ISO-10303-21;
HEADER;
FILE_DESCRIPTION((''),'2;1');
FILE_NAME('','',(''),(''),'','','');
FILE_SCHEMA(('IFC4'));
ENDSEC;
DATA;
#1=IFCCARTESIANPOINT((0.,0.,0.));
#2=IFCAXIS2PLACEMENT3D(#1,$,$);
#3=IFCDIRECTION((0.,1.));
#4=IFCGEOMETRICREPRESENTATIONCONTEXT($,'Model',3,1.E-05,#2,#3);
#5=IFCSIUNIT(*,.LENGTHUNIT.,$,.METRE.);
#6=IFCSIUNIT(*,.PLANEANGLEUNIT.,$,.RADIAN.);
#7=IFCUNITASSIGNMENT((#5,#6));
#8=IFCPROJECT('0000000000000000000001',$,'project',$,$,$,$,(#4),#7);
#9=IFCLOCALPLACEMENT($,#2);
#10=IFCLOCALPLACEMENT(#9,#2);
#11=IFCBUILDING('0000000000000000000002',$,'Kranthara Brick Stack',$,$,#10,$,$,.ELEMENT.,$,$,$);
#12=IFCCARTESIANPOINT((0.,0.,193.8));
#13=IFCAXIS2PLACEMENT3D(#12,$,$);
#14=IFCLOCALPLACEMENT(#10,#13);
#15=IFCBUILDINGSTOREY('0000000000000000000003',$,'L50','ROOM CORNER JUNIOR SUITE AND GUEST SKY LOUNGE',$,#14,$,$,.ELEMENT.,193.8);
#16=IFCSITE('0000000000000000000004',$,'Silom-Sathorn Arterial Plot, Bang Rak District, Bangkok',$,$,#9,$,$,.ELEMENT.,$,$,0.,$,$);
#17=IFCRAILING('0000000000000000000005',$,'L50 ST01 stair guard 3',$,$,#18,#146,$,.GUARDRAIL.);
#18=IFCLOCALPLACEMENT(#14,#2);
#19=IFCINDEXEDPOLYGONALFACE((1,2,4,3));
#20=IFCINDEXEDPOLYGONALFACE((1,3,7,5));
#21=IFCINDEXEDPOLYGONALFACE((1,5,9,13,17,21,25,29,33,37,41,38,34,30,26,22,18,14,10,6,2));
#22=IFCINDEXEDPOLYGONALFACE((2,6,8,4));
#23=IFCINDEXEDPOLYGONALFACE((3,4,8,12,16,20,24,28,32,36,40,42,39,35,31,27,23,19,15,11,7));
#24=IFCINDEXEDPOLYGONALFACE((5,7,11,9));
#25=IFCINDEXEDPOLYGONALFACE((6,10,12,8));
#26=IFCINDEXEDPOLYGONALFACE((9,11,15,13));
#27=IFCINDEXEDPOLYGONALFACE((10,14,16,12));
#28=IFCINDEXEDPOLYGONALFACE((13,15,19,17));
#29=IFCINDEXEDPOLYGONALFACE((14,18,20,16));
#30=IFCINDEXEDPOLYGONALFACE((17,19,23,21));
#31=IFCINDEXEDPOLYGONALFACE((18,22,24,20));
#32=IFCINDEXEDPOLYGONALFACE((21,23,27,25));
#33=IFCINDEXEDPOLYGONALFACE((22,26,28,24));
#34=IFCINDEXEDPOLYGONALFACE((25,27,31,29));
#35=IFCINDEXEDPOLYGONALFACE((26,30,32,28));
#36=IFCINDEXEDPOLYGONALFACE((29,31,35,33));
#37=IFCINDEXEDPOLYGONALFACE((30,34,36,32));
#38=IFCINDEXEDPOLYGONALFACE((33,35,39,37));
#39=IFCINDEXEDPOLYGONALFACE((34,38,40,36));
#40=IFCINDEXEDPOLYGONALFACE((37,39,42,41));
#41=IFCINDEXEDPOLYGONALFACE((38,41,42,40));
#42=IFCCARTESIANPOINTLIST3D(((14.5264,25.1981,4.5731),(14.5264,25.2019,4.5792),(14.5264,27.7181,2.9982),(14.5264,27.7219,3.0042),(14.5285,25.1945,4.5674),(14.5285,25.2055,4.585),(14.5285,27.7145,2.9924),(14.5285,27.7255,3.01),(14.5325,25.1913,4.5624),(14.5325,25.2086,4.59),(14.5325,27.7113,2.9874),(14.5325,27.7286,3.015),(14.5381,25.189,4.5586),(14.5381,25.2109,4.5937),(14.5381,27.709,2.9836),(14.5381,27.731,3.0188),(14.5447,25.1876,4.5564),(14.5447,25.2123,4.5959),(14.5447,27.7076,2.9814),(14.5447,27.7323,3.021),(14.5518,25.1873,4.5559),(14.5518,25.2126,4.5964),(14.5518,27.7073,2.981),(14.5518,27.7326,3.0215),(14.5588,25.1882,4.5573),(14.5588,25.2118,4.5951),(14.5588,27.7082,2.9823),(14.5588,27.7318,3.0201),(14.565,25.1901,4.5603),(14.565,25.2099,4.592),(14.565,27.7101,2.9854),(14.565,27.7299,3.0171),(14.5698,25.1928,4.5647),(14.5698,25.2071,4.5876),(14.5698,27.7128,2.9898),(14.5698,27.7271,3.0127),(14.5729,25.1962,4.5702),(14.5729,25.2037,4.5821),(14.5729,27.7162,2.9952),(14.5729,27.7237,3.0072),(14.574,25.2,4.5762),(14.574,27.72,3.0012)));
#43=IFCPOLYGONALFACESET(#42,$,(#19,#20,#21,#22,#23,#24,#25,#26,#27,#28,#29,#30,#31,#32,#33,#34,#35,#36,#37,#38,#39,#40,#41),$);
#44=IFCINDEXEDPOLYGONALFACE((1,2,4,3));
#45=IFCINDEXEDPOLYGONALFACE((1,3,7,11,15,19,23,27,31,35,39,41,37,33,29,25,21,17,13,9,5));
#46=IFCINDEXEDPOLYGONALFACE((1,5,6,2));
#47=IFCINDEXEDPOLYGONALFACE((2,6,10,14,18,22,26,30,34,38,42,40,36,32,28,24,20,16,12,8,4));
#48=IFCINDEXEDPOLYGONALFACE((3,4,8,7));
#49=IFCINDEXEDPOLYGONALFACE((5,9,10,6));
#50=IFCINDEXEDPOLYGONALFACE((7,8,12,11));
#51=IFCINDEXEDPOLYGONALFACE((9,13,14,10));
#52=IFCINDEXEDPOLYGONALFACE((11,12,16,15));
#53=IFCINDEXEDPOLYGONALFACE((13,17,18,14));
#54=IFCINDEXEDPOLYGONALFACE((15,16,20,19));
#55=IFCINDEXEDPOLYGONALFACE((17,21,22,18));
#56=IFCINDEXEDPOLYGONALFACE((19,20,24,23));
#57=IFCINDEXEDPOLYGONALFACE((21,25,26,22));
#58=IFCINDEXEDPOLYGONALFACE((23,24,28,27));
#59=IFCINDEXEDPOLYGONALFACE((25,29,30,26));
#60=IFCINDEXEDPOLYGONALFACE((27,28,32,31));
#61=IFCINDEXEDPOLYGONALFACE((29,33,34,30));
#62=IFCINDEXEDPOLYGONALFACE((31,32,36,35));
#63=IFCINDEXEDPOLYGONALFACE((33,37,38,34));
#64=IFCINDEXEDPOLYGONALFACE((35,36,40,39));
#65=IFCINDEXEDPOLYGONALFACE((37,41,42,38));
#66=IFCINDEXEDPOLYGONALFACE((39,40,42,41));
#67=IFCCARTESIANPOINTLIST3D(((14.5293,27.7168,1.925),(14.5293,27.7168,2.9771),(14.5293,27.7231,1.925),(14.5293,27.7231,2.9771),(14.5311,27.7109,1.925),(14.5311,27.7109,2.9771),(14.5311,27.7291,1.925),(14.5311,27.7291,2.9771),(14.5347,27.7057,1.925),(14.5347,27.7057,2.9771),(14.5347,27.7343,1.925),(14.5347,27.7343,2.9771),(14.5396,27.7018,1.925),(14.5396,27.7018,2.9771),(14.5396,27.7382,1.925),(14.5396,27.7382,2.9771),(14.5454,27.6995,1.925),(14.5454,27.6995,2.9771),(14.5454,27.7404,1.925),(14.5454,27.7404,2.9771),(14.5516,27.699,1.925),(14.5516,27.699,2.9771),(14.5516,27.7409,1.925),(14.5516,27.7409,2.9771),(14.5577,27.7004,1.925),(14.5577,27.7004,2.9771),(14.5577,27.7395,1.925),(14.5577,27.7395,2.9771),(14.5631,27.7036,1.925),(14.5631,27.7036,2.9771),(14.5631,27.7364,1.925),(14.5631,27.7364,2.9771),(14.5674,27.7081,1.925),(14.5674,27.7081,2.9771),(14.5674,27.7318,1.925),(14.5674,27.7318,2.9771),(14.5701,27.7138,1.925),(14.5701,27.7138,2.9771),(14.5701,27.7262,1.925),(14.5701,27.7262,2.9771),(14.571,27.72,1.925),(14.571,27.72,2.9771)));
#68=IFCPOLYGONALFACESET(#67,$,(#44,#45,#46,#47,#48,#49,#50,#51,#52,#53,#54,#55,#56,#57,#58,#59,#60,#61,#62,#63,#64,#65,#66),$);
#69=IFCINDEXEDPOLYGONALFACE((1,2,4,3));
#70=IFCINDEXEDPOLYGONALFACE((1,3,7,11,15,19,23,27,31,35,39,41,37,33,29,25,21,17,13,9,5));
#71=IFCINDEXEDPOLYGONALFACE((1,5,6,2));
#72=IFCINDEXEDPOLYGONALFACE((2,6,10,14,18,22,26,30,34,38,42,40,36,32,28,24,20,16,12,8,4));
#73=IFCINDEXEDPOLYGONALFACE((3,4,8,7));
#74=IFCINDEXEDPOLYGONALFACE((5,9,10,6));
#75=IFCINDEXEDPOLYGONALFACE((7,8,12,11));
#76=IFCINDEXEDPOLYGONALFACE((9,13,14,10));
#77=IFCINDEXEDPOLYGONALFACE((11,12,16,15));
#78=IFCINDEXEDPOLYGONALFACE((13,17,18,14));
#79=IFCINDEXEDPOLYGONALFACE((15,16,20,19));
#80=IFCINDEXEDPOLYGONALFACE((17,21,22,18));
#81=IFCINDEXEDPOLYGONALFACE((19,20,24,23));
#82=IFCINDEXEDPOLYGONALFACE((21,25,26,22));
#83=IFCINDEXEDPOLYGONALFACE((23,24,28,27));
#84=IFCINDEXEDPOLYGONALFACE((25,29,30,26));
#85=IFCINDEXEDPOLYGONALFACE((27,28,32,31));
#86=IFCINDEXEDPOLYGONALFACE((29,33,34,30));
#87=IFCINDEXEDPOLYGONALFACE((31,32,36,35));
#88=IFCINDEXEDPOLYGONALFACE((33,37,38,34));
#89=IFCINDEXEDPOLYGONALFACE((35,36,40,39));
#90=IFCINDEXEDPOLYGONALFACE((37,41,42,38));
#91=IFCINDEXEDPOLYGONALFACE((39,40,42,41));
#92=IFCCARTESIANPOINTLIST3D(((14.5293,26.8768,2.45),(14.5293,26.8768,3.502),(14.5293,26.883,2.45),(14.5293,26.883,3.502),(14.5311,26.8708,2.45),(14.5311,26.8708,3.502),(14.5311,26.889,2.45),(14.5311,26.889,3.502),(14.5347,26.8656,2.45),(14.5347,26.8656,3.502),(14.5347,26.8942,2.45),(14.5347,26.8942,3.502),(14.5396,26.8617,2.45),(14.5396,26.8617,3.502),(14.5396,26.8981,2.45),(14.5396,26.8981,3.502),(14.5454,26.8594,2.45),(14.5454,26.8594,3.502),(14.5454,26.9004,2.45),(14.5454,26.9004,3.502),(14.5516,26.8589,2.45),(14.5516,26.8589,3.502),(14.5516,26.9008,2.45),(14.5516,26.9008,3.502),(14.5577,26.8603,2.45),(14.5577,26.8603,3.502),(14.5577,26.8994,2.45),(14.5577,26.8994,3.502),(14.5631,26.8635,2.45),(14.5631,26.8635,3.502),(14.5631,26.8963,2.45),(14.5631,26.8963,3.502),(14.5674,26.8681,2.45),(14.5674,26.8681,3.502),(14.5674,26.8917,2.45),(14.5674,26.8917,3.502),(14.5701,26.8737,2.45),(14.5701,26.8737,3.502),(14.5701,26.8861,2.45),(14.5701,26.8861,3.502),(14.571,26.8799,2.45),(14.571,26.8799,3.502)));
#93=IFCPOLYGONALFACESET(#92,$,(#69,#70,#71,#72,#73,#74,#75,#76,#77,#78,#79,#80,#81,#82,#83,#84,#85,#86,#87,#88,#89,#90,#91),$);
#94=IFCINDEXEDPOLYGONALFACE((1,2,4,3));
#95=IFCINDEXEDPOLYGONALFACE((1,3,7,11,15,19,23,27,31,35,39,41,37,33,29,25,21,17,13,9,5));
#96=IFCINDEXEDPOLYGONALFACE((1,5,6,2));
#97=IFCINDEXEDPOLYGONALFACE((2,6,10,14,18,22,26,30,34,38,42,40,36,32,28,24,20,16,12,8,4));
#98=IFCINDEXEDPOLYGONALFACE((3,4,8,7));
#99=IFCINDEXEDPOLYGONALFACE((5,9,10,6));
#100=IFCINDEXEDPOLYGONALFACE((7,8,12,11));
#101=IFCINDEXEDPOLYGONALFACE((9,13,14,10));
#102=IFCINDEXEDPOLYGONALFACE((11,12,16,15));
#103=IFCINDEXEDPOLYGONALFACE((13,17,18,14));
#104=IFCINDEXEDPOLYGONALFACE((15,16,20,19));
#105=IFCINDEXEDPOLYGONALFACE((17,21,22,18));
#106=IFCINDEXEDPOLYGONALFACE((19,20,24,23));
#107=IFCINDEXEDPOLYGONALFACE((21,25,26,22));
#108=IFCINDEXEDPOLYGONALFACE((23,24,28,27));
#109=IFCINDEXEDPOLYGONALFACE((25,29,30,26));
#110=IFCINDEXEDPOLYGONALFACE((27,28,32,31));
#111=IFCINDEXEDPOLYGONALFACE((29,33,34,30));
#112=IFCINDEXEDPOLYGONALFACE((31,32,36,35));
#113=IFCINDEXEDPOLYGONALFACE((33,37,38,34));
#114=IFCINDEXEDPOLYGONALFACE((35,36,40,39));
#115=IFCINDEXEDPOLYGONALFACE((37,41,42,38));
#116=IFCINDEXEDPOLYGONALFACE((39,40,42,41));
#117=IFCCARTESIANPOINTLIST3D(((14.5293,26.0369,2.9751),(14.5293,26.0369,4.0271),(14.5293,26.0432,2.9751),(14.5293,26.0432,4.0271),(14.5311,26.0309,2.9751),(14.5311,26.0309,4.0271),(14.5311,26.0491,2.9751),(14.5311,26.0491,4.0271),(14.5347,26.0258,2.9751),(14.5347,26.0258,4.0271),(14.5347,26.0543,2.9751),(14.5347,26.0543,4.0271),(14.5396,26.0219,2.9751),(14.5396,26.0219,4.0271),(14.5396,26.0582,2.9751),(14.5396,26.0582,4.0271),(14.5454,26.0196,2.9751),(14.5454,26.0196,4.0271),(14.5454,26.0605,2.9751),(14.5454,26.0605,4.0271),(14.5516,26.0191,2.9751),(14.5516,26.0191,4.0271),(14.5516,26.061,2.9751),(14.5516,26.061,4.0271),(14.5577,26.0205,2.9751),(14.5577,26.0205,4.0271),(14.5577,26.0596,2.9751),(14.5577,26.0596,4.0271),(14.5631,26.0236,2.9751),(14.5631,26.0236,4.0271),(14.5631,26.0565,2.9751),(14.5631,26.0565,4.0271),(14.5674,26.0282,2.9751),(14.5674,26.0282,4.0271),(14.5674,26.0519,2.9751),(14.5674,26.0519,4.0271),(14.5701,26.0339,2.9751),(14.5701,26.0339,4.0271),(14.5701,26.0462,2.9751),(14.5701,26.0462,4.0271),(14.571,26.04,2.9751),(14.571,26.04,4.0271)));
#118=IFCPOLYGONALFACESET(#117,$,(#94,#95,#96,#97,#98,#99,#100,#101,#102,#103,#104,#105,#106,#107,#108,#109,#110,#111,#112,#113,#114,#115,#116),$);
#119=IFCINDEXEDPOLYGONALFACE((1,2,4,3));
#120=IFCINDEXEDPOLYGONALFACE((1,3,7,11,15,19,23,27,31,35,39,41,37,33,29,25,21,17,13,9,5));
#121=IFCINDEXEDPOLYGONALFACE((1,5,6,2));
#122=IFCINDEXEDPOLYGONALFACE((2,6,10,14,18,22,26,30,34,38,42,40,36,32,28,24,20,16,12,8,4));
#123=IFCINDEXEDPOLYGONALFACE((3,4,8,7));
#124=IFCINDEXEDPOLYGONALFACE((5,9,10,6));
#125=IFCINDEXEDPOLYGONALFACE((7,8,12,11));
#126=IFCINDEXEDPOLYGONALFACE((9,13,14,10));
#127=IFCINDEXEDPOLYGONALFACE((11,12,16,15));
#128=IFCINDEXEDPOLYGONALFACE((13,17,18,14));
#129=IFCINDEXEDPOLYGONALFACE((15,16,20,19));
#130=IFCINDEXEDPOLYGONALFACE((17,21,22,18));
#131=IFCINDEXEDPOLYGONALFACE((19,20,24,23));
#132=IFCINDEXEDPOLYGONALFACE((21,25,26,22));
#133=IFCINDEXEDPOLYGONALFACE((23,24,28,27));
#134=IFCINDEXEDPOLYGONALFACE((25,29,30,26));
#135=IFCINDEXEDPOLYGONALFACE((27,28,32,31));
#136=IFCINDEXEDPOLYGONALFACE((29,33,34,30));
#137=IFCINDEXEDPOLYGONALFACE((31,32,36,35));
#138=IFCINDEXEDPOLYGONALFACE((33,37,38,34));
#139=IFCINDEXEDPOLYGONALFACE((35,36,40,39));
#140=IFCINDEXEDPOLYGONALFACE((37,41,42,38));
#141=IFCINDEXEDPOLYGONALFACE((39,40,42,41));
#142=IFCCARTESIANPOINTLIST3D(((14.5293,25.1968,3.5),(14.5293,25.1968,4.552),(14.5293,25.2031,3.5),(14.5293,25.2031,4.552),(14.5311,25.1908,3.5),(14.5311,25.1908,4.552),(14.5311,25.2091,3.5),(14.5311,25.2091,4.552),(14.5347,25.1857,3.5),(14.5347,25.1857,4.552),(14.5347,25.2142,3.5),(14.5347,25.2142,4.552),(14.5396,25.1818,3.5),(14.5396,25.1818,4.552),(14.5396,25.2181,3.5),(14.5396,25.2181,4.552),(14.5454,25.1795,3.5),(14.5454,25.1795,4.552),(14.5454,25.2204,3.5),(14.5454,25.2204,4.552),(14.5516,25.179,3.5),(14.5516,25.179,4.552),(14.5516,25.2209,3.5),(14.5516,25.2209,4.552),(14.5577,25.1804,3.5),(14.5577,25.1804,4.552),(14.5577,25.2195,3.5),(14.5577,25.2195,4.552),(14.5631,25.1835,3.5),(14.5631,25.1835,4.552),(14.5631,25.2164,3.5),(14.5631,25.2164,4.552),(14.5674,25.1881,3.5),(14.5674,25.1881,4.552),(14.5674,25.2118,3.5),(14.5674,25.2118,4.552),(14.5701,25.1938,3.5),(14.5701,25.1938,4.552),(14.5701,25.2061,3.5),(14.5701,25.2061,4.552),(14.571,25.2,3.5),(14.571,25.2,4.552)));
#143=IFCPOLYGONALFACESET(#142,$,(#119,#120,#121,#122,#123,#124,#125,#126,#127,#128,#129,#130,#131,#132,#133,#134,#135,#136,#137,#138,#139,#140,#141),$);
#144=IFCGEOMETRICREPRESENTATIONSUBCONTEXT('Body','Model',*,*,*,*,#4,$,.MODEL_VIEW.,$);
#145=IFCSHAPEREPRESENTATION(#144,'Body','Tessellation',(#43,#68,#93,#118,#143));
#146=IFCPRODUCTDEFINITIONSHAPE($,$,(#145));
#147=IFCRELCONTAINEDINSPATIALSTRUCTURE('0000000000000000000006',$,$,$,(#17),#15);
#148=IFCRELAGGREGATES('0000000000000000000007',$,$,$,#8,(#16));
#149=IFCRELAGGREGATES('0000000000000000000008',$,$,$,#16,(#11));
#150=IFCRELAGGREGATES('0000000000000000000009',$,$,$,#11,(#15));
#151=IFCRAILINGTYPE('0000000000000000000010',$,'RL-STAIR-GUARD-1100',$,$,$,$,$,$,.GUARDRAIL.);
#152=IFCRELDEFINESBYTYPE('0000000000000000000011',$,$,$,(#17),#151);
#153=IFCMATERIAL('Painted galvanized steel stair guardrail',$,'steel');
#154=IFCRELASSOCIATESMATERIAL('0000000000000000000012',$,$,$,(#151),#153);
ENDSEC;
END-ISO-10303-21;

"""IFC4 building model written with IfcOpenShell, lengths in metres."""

from ifc_helpers import new_model, si_unit, direction, frame, origin, origin_2d, place, context, subcontext, project, spatial, circle, extrude, material, type_object, element, save


model = new_model("IFC4")

# Units and contexts
model_context = context("Model", 3, precision=1e-05, world=origin(), true_north=direction((0.0, 1.0)))
body_context = subcontext(model_context, "Body", "Model", "MODEL_VIEW")
ifc_project = project(units=[si_unit("LENGTHUNIT", "METRE"), si_unit("PLANEANGLEUNIT", "RADIAN")], contexts=[model_context])

# Site, building, storey
site_placement = place(None, origin())
site = spatial("IfcSite", under=ifc_project, at=site_placement, Name="Silom-Sathorn Arterial Plot, Bang Rak District, Bangkok", CompositionType="ELEMENT", RefElevation=0.0)
building_placement = place(site_placement, origin())
building = spatial("IfcBuilding", under=site, at=building_placement, Name="Kranthara Brick Stack", CompositionType="ELEMENT")
storey_placement = place(building_placement, frame((0.0, 0.0, 193.8)))
storey = spatial("IfcBuildingStorey", under=building, at=storey_placement, Name="L50", Description="ROOM CORNER JUNIOR SUITE AND GUEST SKY LOUNGE", CompositionType="ELEMENT", Elevation=193.8)

# Railing
ifc_material_1 = material(Name="Painted galvanized steel stair guardrail", Category="steel")
railing_type_1 = type_object("IfcRailingType", Name="RL-STAIR-GUARD-1100", PredefinedType="GUARDRAIL", material=ifc_material_1)
railing_1_placement = place(storey_placement, frame((14.55, 27.72, 1.925)))
element("IfcRailing", 1, at=railing_1_placement, inside=storey, type_object=railing_type_1, Name="L50 ST01 stair guard 3", PredefinedType="GUARDRAIL", context=body_context, shape_type="SweptSolid", body=[
    extrude(circle(Radius=0.0239, at=origin_2d()), frame((0.0, 0.0, 1.0762), z_axis=(0.0, -0.848008, 0.529984), x_axis=(1.0, 0.0, 0.0)), (0.0, 0.0, 1.0), 2.9717),
    extrude(circle(Radius=0.021, at=origin_2d()), origin(), (0.0, 0.0, 1.0), 1.052),
    extrude(circle(Radius=0.021, at=origin_2d()), frame((0.0, -0.8401, 0.5249)), (0.0, 0.0, 1.0), 1.052),
    extrude(circle(Radius=0.021, at=origin_2d()), frame((0.0, -1.6799, 1.05)), (0.0, 0.0, 1.0), 1.052),
    extrude(circle(Radius=0.021, at=origin_2d()), frame((0.0, -2.52, 1.575)), (0.0, 0.0, 1.0), 1.052),
])

save(model, "model.ifc")
